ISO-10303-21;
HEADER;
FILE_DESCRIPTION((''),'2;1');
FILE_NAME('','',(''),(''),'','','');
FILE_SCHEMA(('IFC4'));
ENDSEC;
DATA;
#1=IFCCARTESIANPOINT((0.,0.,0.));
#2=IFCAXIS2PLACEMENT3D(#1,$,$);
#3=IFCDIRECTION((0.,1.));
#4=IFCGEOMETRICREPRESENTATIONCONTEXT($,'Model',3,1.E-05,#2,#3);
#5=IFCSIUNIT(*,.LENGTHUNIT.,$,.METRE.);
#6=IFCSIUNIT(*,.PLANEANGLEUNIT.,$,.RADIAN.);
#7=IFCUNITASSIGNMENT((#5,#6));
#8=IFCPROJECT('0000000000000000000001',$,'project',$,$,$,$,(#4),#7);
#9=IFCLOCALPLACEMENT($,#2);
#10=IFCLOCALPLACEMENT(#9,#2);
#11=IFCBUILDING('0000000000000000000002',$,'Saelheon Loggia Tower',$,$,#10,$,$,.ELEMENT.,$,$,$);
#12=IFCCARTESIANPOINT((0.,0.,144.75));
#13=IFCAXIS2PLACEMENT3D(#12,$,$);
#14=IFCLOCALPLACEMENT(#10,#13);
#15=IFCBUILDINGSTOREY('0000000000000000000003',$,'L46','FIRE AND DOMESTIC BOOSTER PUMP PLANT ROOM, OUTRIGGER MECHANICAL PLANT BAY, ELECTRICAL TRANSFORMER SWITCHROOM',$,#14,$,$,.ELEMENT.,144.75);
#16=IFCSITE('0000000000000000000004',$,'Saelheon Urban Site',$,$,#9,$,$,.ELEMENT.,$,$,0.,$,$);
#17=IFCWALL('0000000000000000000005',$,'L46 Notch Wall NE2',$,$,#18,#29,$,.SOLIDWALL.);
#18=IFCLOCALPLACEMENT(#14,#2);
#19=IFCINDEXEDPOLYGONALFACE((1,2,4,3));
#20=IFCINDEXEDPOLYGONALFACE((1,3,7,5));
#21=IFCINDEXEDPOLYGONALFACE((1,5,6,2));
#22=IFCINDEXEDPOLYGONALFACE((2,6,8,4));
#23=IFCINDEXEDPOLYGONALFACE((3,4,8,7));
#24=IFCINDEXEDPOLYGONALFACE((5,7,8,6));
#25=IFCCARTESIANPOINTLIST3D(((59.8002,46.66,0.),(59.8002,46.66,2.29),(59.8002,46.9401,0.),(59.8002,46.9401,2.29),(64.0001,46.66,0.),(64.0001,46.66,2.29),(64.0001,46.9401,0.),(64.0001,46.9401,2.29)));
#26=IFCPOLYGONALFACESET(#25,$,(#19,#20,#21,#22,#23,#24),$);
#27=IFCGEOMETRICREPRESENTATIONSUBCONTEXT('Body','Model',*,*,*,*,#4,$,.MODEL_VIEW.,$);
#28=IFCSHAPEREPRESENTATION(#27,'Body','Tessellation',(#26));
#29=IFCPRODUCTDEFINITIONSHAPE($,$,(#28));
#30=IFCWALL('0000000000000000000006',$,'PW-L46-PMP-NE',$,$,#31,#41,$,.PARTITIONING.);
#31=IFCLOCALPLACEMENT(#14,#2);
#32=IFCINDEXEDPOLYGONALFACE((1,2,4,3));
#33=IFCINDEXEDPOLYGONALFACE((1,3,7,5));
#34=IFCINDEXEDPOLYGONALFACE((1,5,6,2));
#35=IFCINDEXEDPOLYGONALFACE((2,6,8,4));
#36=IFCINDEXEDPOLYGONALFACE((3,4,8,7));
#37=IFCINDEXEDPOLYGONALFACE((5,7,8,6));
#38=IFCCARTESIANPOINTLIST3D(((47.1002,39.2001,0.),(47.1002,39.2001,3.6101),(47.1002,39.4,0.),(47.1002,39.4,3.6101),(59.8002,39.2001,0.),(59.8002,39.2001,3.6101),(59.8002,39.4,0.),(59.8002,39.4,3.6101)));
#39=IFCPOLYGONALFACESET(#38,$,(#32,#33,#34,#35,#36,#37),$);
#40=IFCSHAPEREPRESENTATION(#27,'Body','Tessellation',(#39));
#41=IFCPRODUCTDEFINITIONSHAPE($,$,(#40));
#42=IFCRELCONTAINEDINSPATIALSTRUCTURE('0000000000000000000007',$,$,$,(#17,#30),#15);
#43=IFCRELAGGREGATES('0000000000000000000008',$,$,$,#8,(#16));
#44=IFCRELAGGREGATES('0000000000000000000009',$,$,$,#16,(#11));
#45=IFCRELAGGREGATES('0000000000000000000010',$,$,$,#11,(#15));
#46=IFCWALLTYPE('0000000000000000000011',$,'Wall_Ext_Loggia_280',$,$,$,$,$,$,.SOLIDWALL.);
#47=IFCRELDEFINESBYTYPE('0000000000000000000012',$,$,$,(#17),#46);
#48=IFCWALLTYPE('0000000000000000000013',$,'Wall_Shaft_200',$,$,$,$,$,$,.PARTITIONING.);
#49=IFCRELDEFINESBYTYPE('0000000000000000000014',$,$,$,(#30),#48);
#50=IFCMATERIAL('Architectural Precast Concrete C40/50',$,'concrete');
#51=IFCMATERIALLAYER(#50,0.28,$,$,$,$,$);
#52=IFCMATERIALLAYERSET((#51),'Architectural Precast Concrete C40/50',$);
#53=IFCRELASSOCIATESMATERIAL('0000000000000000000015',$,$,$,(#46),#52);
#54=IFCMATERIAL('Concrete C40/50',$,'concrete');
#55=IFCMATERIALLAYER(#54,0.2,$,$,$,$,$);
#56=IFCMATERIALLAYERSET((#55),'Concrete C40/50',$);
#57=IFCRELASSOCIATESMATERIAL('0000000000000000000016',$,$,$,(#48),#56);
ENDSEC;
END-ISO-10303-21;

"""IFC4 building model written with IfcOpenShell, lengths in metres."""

from ifc_helpers import new_model, si_unit, direction, frame, frame_2d, origin, place, context, subcontext, project, spatial, rectangle, extrude, material, layer, layer_set, type_object, element, save


model = new_model("IFC4")

# Units and contexts
model_context = context("Model", 3, precision=1e-05, world=origin(), true_north=direction((0.0, 1.0)))
body_context = subcontext(model_context, "Body", "Model", "MODEL_VIEW")
ifc_project = project(units=[si_unit("LENGTHUNIT", "METRE"), si_unit("PLANEANGLEUNIT", "RADIAN")], contexts=[model_context])

# Site, building, storey
site_placement = place(None, origin())
site = spatial("IfcSite", under=ifc_project, at=site_placement, Name="Saelheon Urban Site", CompositionType="ELEMENT", RefElevation=0.0)
building_placement = place(site_placement, origin())
building = spatial("IfcBuilding", under=site, at=building_placement, Name="Saelheon Loggia Tower", CompositionType="ELEMENT")
storey_placement = place(building_placement, frame((0.0, 0.0, 144.75)))
storey = spatial("IfcBuildingStorey", under=building, at=storey_placement, Name="L46", Description="FIRE AND DOMESTIC BOOSTER PUMP PLANT ROOM, OUTRIGGER MECHANICAL PLANT BAY, ELECTRICAL TRANSFORMER SWITCHROOM", CompositionType="ELEMENT", Elevation=144.75)

# Walls
ifc_material_1 = material(Name="Architectural Precast Concrete C40/50", Category="concrete")
ifc_layer_1 = layer(ifc_material_1, 0.28)
ifc_layer_set_1 = layer_set([ifc_layer_1], Name="Architectural Precast Concrete C40/50")
wall_type_1 = type_object("IfcWallType", Name="Wall_Ext_Loggia_280", PredefinedType="SOLIDWALL", material=ifc_layer_set_1)
for number, where, z_axis, x_axis, name in (
    (1, (59.8, 46.8, 0.0), (0.0, 0.0, 1.0), (1.0, 0.0, 0.0), "L46 Notch Wall NE2"),
):
    element("IfcWall", number, at=place(storey_placement, frame(where, z_axis=z_axis, x_axis=x_axis)), inside=storey, type_object=wall_type_1, Name=name, PredefinedType="SOLIDWALL", context=body_context, shape_type="SweptSolid", body=[
        extrude(rectangle(XDim=4.2, YDim=0.28, at=frame_2d((2.1001, 0.0))), origin(), (0.0, 0.0, 1.0), 2.29),
    ])
ifc_material_2 = material(Name="Concrete C40/50", Category="concrete")
ifc_layer_2 = layer(ifc_material_2, 0.2)
ifc_layer_set_2 = layer_set([ifc_layer_2], Name="Concrete C40/50")
wall_type_2 = type_object("IfcWallType", Name="Wall_Shaft_200", PredefinedType="PARTITIONING", material=ifc_layer_set_2)
wall_placement = place(storey_placement, frame((47.1001, 39.3, 0.0), z_axis=(0.0, 0.0, 1.0), x_axis=(1.0, 0.0, 0.0)))
element("IfcWall", 2, at=wall_placement, inside=storey, type_object=wall_type_2, Name="PW-L46-PMP-NE", PredefinedType="PARTITIONING", context=body_context, shape_type="SweptSolid", body=[
    extrude(rectangle(XDim=12.7, YDim=0.2, at=frame_2d((6.3501, 0.0))), origin(), (0.0, 0.0, 1.0), 3.6101),
])

save(model, "model.ifc")
